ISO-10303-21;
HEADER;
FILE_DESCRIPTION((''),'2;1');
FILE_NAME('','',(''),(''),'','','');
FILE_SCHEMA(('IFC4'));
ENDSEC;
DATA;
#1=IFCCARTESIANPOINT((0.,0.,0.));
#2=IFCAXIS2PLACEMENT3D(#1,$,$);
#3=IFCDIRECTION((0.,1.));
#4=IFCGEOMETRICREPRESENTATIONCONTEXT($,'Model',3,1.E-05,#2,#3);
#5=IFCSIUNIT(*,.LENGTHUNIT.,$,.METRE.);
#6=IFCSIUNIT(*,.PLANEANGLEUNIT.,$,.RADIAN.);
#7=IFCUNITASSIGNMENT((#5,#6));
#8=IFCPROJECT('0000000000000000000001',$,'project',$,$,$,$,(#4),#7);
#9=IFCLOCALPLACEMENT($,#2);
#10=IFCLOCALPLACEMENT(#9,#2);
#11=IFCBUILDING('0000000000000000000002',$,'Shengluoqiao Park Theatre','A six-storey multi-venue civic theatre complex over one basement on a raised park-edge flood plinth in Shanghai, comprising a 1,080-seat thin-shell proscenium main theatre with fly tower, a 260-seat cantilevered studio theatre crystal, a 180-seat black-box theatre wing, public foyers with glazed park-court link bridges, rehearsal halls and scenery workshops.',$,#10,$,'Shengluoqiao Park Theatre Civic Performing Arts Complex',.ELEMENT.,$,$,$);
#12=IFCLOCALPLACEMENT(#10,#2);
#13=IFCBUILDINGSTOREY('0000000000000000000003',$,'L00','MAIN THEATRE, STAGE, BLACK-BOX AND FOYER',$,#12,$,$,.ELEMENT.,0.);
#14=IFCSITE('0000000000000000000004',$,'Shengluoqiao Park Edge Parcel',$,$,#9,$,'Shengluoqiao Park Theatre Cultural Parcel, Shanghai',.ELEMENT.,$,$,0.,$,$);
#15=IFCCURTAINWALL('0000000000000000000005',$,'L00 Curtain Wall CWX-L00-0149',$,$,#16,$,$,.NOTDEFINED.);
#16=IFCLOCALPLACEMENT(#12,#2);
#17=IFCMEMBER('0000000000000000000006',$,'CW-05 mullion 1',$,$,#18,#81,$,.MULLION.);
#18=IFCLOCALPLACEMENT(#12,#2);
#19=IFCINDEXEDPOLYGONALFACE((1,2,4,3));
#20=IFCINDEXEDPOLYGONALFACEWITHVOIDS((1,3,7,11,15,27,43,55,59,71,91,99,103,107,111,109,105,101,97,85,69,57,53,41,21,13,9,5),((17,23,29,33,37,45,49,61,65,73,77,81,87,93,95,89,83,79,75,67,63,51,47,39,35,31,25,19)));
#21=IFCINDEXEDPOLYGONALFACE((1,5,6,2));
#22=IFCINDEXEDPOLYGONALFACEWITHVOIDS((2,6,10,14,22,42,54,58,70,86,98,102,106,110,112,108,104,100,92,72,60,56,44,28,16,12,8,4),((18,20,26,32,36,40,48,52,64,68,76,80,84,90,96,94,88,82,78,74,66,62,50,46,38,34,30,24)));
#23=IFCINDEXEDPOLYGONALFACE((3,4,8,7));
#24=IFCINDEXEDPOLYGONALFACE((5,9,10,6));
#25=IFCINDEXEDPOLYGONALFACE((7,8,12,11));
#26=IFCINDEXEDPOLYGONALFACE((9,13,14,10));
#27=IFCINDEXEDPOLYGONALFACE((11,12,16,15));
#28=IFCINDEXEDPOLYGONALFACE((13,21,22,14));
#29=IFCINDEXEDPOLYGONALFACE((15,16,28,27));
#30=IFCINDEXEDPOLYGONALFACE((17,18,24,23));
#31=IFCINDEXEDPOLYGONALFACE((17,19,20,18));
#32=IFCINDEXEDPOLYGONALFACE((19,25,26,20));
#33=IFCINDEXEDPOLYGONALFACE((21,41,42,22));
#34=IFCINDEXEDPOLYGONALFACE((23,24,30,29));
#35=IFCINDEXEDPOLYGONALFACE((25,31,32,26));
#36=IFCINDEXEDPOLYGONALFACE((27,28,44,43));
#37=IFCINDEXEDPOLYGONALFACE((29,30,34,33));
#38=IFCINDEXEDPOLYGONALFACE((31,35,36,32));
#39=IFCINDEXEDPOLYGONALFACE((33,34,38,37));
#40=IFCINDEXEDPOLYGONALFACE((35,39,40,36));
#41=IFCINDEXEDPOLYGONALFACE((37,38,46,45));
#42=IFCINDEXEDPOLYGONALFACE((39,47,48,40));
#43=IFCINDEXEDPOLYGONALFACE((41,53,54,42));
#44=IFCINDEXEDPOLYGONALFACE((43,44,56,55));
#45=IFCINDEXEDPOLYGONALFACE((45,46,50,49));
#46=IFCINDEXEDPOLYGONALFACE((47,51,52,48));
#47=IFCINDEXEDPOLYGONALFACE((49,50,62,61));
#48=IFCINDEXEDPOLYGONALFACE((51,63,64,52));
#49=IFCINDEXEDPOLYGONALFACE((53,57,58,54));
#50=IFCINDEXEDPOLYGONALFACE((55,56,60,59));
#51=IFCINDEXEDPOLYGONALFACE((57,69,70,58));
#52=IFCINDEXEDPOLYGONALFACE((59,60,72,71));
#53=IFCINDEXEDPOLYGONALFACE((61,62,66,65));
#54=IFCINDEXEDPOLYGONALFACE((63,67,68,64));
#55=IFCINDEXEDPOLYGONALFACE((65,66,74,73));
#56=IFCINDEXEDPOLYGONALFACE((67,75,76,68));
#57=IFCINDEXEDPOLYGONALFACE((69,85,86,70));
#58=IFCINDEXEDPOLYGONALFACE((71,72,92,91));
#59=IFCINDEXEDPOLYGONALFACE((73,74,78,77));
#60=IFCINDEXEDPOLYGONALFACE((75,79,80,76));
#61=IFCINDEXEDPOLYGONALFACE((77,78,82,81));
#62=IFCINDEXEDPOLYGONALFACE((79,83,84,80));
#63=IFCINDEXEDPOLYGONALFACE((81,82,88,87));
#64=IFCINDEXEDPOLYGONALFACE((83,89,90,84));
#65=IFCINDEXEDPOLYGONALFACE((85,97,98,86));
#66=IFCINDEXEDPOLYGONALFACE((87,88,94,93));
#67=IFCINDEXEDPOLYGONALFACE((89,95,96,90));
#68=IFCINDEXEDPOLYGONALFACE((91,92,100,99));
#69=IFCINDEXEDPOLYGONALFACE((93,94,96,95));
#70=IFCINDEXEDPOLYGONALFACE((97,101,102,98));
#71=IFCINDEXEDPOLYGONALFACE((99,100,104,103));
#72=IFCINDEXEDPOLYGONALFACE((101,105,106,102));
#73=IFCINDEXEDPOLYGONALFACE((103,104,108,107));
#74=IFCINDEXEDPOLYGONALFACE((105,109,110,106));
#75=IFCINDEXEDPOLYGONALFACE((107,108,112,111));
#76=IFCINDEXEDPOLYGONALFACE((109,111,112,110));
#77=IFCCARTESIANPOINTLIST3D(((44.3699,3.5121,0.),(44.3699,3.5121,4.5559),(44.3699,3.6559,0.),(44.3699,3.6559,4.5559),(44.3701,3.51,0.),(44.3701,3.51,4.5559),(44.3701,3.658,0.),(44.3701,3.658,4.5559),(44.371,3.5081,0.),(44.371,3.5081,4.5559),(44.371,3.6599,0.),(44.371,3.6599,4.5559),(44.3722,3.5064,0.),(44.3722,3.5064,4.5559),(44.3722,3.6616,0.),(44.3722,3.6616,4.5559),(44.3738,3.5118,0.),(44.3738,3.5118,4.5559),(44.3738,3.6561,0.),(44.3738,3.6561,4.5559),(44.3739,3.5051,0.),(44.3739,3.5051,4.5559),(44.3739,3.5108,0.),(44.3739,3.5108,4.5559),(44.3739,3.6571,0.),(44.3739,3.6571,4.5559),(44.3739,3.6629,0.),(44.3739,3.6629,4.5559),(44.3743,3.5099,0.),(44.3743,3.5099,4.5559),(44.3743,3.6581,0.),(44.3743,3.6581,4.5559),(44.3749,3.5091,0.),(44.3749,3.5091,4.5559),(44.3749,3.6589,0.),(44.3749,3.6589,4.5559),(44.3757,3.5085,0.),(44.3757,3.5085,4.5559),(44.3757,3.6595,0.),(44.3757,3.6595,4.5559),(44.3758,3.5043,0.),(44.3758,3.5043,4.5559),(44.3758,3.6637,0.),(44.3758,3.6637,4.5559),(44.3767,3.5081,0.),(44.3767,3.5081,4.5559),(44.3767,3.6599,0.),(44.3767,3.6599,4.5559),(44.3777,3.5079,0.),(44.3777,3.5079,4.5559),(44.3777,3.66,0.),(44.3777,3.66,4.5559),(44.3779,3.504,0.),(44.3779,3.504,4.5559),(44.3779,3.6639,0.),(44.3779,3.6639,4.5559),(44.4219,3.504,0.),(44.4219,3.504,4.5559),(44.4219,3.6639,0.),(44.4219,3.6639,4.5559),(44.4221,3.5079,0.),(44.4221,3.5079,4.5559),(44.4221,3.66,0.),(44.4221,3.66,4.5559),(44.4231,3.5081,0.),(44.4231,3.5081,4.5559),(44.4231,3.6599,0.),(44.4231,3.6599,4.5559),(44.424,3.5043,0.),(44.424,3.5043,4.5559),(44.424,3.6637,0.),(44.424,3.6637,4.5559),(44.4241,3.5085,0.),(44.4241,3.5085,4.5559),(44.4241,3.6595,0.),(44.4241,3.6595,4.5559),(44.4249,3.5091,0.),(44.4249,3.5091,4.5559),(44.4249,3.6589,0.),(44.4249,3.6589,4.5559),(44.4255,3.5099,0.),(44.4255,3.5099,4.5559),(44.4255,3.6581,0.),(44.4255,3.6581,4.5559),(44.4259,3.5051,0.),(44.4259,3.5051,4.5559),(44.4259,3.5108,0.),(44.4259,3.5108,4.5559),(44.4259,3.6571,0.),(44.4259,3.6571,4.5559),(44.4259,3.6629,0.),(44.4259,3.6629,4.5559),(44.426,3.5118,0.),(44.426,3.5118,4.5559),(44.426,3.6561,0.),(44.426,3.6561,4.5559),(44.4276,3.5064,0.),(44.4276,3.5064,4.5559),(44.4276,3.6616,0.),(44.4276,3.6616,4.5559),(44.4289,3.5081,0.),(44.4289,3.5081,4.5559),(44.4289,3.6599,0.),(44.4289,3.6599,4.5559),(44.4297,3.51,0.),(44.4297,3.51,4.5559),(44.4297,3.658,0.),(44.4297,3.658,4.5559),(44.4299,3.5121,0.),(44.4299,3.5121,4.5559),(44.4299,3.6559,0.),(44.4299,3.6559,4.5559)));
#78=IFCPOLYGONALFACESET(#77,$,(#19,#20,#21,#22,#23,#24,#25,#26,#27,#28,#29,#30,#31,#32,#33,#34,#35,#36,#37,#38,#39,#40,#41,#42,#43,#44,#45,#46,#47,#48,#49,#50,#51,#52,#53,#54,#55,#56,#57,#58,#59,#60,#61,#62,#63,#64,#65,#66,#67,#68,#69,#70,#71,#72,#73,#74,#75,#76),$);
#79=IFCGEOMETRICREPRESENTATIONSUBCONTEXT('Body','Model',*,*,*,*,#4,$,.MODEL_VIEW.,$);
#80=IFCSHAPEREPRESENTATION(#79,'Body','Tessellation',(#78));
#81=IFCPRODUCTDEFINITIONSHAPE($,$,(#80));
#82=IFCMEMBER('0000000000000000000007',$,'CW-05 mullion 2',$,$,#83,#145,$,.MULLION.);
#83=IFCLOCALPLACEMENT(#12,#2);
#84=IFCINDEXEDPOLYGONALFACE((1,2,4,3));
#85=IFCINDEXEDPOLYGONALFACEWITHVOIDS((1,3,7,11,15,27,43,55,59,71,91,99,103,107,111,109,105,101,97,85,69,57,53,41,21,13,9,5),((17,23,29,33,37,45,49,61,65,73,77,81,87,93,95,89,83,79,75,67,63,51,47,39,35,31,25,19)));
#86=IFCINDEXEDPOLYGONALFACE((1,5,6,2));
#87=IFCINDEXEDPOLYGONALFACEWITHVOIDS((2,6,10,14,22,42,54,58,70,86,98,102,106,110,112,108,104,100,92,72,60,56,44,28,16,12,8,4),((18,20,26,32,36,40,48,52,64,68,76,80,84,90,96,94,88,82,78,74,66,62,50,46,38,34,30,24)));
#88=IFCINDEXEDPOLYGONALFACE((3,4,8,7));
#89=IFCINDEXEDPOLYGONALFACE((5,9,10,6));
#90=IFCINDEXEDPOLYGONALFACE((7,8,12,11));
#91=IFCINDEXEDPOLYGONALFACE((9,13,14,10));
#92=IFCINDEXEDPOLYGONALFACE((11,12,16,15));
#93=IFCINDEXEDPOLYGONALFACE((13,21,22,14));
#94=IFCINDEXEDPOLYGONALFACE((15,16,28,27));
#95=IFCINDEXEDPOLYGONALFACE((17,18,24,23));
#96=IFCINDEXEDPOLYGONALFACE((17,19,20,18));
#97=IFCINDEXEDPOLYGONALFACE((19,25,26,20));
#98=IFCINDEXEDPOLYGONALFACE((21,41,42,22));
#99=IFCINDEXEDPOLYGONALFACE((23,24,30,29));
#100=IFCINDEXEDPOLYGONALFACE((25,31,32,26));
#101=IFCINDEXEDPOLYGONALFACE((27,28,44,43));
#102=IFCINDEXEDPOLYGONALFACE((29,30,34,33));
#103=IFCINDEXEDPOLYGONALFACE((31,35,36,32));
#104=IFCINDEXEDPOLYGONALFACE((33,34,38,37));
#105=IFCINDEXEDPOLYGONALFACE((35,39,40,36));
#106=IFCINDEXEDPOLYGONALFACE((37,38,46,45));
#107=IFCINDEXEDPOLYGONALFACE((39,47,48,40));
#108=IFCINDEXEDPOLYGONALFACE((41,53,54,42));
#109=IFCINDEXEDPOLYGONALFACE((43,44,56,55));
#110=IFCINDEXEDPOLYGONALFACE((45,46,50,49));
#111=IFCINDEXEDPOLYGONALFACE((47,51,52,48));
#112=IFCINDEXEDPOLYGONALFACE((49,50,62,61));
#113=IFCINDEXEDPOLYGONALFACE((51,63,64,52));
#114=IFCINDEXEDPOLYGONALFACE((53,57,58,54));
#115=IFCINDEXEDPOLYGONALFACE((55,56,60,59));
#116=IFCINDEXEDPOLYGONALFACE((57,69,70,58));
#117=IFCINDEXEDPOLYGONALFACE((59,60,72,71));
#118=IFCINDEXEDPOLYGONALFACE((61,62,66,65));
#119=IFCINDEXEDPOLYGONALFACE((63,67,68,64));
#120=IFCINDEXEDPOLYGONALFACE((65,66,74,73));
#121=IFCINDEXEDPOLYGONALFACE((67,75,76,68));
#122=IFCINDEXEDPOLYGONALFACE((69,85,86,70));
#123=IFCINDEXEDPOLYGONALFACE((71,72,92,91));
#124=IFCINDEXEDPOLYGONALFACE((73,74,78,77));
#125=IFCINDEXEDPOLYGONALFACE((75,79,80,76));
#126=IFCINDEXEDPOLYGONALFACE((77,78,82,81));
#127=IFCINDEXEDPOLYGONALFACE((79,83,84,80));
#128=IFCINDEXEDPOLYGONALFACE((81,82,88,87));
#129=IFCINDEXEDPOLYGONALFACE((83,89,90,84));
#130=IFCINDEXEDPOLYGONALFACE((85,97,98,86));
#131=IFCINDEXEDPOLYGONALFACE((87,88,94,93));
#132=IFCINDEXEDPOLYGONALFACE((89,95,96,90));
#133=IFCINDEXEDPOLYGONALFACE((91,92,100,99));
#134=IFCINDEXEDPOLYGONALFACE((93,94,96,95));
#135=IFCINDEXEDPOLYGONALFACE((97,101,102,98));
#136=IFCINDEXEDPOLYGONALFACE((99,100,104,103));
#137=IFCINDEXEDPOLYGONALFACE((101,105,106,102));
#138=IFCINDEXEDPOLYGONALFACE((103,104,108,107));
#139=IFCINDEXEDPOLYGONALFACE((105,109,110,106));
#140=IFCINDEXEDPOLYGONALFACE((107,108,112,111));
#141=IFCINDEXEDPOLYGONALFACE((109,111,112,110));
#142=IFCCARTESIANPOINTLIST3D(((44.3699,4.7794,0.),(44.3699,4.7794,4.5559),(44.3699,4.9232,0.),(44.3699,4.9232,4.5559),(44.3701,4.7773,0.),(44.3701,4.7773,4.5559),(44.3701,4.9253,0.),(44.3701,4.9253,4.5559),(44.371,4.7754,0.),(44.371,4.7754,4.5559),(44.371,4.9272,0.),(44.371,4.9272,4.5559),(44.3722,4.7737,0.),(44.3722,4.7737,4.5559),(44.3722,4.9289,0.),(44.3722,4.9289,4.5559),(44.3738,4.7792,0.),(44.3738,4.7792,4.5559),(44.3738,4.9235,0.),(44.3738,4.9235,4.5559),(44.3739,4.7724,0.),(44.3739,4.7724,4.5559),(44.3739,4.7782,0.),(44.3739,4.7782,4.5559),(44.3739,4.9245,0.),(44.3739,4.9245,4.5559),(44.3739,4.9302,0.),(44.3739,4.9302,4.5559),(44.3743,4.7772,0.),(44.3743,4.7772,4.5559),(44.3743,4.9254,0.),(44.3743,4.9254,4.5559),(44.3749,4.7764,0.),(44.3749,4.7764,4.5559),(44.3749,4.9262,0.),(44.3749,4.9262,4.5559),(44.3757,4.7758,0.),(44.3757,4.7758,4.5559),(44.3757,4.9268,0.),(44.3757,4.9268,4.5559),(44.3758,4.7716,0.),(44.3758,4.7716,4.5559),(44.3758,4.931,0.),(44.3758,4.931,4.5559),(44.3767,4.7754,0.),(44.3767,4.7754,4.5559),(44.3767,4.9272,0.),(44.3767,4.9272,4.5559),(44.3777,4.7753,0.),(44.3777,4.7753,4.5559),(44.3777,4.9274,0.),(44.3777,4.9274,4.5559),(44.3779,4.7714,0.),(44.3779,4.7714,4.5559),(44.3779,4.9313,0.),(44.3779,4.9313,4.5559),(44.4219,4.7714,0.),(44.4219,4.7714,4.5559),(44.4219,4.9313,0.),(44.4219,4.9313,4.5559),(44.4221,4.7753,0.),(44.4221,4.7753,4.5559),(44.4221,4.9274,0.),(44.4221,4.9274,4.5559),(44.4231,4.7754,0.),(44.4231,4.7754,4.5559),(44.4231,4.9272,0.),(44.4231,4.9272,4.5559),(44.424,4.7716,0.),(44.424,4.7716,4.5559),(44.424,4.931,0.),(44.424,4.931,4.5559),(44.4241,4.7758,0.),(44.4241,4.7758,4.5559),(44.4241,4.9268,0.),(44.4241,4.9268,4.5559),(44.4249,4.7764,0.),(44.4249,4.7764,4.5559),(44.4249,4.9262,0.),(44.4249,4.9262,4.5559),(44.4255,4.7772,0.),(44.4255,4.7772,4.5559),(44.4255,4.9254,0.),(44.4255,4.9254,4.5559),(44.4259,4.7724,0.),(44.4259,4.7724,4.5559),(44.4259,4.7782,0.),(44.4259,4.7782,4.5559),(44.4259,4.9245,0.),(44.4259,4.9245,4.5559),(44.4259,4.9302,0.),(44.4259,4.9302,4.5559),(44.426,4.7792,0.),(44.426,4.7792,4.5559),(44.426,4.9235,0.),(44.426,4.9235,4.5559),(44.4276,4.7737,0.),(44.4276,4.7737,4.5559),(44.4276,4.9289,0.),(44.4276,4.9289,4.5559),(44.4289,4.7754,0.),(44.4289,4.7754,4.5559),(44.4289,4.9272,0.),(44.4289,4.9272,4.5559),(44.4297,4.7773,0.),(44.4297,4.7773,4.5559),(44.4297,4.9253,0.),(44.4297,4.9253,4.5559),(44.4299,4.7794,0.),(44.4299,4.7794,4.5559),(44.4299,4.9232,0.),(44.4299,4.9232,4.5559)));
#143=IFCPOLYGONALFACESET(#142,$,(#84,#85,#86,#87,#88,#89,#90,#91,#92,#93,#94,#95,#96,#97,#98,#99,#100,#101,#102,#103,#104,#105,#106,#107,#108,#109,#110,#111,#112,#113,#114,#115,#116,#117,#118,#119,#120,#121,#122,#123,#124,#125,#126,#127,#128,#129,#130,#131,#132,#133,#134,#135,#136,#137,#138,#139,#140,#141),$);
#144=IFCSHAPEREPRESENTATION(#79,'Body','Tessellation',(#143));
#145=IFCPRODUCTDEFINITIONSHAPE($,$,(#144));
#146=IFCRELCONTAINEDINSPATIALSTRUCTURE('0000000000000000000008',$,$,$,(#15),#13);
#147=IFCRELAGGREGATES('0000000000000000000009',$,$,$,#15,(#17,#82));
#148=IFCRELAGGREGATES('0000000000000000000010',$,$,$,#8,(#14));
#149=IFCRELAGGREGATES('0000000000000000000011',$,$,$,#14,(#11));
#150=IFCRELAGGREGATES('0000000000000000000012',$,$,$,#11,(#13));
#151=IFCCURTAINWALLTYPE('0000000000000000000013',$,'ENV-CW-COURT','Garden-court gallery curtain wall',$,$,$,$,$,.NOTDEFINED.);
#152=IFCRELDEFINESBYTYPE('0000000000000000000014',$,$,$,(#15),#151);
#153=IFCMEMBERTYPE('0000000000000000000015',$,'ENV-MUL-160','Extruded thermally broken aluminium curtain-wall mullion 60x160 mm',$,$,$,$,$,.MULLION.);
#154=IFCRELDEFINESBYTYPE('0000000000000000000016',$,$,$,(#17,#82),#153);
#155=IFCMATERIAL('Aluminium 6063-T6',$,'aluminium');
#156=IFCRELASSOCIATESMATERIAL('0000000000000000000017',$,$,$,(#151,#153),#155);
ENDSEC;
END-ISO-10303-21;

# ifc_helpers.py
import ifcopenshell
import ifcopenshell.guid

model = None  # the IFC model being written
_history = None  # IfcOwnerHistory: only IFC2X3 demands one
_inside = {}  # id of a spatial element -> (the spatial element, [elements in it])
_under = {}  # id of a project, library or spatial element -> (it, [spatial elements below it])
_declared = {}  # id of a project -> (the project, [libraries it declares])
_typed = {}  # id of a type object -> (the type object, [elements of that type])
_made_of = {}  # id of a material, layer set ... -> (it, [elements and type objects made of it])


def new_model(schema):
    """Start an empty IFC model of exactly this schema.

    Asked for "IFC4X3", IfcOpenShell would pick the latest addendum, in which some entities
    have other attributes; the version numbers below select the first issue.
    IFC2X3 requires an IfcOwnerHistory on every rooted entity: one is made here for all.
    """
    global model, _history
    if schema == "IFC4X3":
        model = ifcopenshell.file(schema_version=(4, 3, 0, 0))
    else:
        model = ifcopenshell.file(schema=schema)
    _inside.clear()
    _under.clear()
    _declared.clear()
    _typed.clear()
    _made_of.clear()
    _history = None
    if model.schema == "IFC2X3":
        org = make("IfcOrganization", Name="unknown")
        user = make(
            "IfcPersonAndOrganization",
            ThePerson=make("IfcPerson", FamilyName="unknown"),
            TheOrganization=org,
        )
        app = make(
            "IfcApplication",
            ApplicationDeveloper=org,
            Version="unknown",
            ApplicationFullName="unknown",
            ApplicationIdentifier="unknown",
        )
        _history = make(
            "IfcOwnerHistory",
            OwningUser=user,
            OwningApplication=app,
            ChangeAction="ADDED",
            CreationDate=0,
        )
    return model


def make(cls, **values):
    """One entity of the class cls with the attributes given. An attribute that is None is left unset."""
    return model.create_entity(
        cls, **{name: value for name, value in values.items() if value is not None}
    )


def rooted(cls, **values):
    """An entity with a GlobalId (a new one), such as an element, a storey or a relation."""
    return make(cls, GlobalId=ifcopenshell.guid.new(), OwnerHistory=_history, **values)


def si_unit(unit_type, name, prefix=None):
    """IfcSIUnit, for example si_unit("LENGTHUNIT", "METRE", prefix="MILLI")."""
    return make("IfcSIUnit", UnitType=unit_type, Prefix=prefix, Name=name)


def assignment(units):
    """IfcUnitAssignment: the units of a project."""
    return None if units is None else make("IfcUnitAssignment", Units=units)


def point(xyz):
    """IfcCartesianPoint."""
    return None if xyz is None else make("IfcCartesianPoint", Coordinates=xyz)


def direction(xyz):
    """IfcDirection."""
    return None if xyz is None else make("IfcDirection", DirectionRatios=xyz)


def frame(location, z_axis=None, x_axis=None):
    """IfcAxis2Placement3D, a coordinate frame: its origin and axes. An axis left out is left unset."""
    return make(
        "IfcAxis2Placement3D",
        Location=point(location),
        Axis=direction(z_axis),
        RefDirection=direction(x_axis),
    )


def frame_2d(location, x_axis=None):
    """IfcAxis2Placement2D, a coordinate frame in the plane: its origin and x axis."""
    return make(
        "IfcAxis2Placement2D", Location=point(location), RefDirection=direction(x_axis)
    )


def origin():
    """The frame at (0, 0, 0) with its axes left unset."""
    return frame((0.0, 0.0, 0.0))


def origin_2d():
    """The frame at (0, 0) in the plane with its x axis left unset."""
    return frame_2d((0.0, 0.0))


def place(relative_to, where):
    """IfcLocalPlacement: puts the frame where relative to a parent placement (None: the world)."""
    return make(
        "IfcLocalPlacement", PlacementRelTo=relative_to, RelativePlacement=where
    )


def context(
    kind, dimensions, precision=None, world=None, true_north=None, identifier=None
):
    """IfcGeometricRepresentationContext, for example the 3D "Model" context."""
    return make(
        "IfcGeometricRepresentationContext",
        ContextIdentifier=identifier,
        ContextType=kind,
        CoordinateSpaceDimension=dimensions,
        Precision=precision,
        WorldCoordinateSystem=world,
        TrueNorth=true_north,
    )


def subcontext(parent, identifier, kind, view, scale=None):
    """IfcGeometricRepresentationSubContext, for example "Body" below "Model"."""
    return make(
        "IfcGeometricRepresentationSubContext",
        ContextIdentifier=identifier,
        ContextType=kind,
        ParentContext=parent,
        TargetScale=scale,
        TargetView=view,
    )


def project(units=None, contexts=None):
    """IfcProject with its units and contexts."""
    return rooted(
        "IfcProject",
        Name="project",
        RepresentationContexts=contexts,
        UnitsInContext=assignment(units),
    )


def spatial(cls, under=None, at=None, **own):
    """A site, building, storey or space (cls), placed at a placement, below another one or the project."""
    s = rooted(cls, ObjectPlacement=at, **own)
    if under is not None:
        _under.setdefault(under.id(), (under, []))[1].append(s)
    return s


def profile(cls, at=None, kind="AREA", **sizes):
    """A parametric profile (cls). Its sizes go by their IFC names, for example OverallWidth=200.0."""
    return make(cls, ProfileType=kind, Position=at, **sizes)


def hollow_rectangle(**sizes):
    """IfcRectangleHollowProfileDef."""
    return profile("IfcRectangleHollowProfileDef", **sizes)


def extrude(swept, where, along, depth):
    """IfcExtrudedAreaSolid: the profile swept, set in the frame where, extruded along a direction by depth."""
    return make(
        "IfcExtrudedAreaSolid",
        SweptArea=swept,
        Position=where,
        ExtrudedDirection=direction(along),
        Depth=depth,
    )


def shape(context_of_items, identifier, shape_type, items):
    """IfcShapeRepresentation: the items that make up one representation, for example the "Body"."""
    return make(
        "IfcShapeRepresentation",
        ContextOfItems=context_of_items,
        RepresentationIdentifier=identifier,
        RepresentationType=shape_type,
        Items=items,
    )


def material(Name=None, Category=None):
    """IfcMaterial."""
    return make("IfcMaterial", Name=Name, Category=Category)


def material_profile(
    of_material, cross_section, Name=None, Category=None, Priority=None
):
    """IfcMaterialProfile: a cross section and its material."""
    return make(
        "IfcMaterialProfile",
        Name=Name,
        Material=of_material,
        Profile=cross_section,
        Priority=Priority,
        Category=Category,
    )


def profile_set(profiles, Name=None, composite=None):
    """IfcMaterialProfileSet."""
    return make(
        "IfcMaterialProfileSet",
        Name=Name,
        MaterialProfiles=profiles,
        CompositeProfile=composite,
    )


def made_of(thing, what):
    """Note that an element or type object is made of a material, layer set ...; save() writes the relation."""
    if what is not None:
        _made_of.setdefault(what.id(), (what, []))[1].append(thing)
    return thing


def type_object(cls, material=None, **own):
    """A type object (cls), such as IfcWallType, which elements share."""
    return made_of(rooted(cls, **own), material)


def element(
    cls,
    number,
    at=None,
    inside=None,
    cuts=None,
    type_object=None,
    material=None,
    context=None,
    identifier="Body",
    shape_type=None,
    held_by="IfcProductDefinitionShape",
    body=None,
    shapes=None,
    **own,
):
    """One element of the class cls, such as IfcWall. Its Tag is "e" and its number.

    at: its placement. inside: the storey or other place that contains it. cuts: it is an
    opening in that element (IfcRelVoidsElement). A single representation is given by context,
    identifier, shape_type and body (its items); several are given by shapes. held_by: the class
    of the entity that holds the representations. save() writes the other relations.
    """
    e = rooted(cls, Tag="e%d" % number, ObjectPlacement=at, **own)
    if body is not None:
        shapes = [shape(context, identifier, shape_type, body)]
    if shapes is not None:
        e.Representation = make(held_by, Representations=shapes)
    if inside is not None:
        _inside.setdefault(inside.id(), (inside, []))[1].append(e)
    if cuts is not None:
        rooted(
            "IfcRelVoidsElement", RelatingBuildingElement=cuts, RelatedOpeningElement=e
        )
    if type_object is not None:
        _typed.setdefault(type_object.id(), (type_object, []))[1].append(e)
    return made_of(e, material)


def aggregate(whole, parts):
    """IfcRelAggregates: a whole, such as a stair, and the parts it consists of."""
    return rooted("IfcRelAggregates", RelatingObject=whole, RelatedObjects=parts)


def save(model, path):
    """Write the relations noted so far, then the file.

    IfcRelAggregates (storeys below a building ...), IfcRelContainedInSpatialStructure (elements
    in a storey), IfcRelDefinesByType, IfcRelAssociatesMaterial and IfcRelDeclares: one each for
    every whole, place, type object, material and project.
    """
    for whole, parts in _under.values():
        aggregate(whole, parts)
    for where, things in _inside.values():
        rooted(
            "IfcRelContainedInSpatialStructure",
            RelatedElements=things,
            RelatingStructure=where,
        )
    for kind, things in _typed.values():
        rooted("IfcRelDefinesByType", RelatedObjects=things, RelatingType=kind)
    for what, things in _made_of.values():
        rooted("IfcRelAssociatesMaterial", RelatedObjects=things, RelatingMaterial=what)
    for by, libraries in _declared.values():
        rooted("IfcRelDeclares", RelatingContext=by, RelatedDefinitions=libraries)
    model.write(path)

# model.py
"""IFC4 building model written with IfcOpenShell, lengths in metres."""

from ifc_helpers import new_model, si_unit, direction, frame, origin, origin_2d, place, context, subcontext, project, spatial, hollow_rectangle, extrude, material, material_profile, profile_set, type_object, element, aggregate, save


model = new_model("IFC4")

# Units and contexts
model_context = context("Model", 3, precision=1e-05, world=origin(), true_north=direction((0.0, 1.0)))
body_context = subcontext(model_context, "Body", "Model", "MODEL_VIEW")
ifc_project = project(units=[si_unit("LENGTHUNIT", "METRE"), si_unit("PLANEANGLEUNIT", "RADIAN")], contexts=[model_context])

# Site, building, storey
site_placement = place(None, origin())
site = spatial("IfcSite", under=ifc_project, at=site_placement, Name="Shengluoqiao Park Edge Parcel", LongName="Shengluoqiao Park Theatre Cultural Parcel, Shanghai", CompositionType="ELEMENT", RefElevation=0.0)
building_placement = place(site_placement, origin())
building = spatial("IfcBuilding", under=site, at=building_placement, Name="Shengluoqiao Park Theatre", Description="A six-storey multi-venue civic theatre complex over one basement on a raised park-edge flood plinth in Shanghai, comprising a 1,080-seat thin-shell proscenium main theatre with fly tower, a 260-seat cantilevered studio theatre crystal, a 180-seat black-box theatre wing, public foyers with glazed park-court link bridges, rehearsal halls and scenery workshops.", LongName="Shengluoqiao Park Theatre Civic Performing Arts Complex", CompositionType="ELEMENT")
storey_placement = place(building_placement, origin())
storey = spatial("IfcBuildingStorey", under=building, at=storey_placement, Name="L00", Description="MAIN THEATRE, STAGE, BLACK-BOX AND FOYER", CompositionType="ELEMENT", Elevation=0.0)

# Curtain wall, members
ifc_material_1 = material(Name="Aluminium 6063-T6", Category="aluminium")
curtain_wall_type = type_object("IfcCurtainWallType", Name="ENV-CW-COURT", Description="Garden-court gallery curtain wall", PredefinedType="NOTDEFINED", material=ifc_material_1)
curtain_wall_placement = place(storey_placement, origin())
curtain_wall = element("IfcCurtainWall", 1, at=curtain_wall_placement, inside=storey, type_object=curtain_wall_type, Name="L00 Curtain Wall CWX-L00-0149", PredefinedType="NOTDEFINED")
ifc_material_profile_1 = material_profile(ifc_material_1, hollow_rectangle(XDim=0.0601, YDim=0.1599, WallThickness=0.0039, InnerFilletRadius=0.0039, OuterFilletRadius=0.0081, at=origin_2d()), Name="ALU MULLION 160x60x4")
ifc_profile_set_1 = profile_set([ifc_material_profile_1], Name="Aluminium 6063-T6")
member_type_1 = type_object("IfcMemberType", Name="ENV-MUL-160", Description="Extruded thermally broken aluminium curtain-wall mullion 60x160 mm", PredefinedType="MULLION", material=ifc_profile_set_1)
member_1_placement = place(storey_placement, frame((44.3999, 3.584, 0.0), z_axis=(0.0, 0.0, 1.0), x_axis=(-1.0, 0.0, 0.0)))
member_1 = element("IfcMember", 2, at=member_1_placement, type_object=member_type_1, Name="CW-05 mullion 1", PredefinedType="MULLION", context=body_context, shape_type="SweptSolid", body=[
    extrude(hollow_rectangle(XDim=0.0601, YDim=0.1599, WallThickness=0.0039, InnerFilletRadius=0.0039, OuterFilletRadius=0.0081, at=origin_2d()), origin(), (0.0, 0.0, 1.0), 4.5559),
])
member_2_placement = place(storey_placement, frame((44.3999, 4.8513, 0.0), z_axis=(0.0, 0.0, 1.0), x_axis=(-1.0, 0.0, 0.0)))
member_2 = element("IfcMember", 3, at=member_2_placement, type_object=member_type_1, Name="CW-05 mullion 2", PredefinedType="MULLION", context=body_context, shape_type="SweptSolid", body=[
    extrude(hollow_rectangle(XDim=0.0601, YDim=0.1599, WallThickness=0.0039, InnerFilletRadius=0.0039, OuterFilletRadius=0.0081, at=origin_2d()), origin(), (0.0, 0.0, 1.0), 4.5559),
])

aggregate(curtain_wall, [member_1, member_2])

save(model, "model.ifc")
